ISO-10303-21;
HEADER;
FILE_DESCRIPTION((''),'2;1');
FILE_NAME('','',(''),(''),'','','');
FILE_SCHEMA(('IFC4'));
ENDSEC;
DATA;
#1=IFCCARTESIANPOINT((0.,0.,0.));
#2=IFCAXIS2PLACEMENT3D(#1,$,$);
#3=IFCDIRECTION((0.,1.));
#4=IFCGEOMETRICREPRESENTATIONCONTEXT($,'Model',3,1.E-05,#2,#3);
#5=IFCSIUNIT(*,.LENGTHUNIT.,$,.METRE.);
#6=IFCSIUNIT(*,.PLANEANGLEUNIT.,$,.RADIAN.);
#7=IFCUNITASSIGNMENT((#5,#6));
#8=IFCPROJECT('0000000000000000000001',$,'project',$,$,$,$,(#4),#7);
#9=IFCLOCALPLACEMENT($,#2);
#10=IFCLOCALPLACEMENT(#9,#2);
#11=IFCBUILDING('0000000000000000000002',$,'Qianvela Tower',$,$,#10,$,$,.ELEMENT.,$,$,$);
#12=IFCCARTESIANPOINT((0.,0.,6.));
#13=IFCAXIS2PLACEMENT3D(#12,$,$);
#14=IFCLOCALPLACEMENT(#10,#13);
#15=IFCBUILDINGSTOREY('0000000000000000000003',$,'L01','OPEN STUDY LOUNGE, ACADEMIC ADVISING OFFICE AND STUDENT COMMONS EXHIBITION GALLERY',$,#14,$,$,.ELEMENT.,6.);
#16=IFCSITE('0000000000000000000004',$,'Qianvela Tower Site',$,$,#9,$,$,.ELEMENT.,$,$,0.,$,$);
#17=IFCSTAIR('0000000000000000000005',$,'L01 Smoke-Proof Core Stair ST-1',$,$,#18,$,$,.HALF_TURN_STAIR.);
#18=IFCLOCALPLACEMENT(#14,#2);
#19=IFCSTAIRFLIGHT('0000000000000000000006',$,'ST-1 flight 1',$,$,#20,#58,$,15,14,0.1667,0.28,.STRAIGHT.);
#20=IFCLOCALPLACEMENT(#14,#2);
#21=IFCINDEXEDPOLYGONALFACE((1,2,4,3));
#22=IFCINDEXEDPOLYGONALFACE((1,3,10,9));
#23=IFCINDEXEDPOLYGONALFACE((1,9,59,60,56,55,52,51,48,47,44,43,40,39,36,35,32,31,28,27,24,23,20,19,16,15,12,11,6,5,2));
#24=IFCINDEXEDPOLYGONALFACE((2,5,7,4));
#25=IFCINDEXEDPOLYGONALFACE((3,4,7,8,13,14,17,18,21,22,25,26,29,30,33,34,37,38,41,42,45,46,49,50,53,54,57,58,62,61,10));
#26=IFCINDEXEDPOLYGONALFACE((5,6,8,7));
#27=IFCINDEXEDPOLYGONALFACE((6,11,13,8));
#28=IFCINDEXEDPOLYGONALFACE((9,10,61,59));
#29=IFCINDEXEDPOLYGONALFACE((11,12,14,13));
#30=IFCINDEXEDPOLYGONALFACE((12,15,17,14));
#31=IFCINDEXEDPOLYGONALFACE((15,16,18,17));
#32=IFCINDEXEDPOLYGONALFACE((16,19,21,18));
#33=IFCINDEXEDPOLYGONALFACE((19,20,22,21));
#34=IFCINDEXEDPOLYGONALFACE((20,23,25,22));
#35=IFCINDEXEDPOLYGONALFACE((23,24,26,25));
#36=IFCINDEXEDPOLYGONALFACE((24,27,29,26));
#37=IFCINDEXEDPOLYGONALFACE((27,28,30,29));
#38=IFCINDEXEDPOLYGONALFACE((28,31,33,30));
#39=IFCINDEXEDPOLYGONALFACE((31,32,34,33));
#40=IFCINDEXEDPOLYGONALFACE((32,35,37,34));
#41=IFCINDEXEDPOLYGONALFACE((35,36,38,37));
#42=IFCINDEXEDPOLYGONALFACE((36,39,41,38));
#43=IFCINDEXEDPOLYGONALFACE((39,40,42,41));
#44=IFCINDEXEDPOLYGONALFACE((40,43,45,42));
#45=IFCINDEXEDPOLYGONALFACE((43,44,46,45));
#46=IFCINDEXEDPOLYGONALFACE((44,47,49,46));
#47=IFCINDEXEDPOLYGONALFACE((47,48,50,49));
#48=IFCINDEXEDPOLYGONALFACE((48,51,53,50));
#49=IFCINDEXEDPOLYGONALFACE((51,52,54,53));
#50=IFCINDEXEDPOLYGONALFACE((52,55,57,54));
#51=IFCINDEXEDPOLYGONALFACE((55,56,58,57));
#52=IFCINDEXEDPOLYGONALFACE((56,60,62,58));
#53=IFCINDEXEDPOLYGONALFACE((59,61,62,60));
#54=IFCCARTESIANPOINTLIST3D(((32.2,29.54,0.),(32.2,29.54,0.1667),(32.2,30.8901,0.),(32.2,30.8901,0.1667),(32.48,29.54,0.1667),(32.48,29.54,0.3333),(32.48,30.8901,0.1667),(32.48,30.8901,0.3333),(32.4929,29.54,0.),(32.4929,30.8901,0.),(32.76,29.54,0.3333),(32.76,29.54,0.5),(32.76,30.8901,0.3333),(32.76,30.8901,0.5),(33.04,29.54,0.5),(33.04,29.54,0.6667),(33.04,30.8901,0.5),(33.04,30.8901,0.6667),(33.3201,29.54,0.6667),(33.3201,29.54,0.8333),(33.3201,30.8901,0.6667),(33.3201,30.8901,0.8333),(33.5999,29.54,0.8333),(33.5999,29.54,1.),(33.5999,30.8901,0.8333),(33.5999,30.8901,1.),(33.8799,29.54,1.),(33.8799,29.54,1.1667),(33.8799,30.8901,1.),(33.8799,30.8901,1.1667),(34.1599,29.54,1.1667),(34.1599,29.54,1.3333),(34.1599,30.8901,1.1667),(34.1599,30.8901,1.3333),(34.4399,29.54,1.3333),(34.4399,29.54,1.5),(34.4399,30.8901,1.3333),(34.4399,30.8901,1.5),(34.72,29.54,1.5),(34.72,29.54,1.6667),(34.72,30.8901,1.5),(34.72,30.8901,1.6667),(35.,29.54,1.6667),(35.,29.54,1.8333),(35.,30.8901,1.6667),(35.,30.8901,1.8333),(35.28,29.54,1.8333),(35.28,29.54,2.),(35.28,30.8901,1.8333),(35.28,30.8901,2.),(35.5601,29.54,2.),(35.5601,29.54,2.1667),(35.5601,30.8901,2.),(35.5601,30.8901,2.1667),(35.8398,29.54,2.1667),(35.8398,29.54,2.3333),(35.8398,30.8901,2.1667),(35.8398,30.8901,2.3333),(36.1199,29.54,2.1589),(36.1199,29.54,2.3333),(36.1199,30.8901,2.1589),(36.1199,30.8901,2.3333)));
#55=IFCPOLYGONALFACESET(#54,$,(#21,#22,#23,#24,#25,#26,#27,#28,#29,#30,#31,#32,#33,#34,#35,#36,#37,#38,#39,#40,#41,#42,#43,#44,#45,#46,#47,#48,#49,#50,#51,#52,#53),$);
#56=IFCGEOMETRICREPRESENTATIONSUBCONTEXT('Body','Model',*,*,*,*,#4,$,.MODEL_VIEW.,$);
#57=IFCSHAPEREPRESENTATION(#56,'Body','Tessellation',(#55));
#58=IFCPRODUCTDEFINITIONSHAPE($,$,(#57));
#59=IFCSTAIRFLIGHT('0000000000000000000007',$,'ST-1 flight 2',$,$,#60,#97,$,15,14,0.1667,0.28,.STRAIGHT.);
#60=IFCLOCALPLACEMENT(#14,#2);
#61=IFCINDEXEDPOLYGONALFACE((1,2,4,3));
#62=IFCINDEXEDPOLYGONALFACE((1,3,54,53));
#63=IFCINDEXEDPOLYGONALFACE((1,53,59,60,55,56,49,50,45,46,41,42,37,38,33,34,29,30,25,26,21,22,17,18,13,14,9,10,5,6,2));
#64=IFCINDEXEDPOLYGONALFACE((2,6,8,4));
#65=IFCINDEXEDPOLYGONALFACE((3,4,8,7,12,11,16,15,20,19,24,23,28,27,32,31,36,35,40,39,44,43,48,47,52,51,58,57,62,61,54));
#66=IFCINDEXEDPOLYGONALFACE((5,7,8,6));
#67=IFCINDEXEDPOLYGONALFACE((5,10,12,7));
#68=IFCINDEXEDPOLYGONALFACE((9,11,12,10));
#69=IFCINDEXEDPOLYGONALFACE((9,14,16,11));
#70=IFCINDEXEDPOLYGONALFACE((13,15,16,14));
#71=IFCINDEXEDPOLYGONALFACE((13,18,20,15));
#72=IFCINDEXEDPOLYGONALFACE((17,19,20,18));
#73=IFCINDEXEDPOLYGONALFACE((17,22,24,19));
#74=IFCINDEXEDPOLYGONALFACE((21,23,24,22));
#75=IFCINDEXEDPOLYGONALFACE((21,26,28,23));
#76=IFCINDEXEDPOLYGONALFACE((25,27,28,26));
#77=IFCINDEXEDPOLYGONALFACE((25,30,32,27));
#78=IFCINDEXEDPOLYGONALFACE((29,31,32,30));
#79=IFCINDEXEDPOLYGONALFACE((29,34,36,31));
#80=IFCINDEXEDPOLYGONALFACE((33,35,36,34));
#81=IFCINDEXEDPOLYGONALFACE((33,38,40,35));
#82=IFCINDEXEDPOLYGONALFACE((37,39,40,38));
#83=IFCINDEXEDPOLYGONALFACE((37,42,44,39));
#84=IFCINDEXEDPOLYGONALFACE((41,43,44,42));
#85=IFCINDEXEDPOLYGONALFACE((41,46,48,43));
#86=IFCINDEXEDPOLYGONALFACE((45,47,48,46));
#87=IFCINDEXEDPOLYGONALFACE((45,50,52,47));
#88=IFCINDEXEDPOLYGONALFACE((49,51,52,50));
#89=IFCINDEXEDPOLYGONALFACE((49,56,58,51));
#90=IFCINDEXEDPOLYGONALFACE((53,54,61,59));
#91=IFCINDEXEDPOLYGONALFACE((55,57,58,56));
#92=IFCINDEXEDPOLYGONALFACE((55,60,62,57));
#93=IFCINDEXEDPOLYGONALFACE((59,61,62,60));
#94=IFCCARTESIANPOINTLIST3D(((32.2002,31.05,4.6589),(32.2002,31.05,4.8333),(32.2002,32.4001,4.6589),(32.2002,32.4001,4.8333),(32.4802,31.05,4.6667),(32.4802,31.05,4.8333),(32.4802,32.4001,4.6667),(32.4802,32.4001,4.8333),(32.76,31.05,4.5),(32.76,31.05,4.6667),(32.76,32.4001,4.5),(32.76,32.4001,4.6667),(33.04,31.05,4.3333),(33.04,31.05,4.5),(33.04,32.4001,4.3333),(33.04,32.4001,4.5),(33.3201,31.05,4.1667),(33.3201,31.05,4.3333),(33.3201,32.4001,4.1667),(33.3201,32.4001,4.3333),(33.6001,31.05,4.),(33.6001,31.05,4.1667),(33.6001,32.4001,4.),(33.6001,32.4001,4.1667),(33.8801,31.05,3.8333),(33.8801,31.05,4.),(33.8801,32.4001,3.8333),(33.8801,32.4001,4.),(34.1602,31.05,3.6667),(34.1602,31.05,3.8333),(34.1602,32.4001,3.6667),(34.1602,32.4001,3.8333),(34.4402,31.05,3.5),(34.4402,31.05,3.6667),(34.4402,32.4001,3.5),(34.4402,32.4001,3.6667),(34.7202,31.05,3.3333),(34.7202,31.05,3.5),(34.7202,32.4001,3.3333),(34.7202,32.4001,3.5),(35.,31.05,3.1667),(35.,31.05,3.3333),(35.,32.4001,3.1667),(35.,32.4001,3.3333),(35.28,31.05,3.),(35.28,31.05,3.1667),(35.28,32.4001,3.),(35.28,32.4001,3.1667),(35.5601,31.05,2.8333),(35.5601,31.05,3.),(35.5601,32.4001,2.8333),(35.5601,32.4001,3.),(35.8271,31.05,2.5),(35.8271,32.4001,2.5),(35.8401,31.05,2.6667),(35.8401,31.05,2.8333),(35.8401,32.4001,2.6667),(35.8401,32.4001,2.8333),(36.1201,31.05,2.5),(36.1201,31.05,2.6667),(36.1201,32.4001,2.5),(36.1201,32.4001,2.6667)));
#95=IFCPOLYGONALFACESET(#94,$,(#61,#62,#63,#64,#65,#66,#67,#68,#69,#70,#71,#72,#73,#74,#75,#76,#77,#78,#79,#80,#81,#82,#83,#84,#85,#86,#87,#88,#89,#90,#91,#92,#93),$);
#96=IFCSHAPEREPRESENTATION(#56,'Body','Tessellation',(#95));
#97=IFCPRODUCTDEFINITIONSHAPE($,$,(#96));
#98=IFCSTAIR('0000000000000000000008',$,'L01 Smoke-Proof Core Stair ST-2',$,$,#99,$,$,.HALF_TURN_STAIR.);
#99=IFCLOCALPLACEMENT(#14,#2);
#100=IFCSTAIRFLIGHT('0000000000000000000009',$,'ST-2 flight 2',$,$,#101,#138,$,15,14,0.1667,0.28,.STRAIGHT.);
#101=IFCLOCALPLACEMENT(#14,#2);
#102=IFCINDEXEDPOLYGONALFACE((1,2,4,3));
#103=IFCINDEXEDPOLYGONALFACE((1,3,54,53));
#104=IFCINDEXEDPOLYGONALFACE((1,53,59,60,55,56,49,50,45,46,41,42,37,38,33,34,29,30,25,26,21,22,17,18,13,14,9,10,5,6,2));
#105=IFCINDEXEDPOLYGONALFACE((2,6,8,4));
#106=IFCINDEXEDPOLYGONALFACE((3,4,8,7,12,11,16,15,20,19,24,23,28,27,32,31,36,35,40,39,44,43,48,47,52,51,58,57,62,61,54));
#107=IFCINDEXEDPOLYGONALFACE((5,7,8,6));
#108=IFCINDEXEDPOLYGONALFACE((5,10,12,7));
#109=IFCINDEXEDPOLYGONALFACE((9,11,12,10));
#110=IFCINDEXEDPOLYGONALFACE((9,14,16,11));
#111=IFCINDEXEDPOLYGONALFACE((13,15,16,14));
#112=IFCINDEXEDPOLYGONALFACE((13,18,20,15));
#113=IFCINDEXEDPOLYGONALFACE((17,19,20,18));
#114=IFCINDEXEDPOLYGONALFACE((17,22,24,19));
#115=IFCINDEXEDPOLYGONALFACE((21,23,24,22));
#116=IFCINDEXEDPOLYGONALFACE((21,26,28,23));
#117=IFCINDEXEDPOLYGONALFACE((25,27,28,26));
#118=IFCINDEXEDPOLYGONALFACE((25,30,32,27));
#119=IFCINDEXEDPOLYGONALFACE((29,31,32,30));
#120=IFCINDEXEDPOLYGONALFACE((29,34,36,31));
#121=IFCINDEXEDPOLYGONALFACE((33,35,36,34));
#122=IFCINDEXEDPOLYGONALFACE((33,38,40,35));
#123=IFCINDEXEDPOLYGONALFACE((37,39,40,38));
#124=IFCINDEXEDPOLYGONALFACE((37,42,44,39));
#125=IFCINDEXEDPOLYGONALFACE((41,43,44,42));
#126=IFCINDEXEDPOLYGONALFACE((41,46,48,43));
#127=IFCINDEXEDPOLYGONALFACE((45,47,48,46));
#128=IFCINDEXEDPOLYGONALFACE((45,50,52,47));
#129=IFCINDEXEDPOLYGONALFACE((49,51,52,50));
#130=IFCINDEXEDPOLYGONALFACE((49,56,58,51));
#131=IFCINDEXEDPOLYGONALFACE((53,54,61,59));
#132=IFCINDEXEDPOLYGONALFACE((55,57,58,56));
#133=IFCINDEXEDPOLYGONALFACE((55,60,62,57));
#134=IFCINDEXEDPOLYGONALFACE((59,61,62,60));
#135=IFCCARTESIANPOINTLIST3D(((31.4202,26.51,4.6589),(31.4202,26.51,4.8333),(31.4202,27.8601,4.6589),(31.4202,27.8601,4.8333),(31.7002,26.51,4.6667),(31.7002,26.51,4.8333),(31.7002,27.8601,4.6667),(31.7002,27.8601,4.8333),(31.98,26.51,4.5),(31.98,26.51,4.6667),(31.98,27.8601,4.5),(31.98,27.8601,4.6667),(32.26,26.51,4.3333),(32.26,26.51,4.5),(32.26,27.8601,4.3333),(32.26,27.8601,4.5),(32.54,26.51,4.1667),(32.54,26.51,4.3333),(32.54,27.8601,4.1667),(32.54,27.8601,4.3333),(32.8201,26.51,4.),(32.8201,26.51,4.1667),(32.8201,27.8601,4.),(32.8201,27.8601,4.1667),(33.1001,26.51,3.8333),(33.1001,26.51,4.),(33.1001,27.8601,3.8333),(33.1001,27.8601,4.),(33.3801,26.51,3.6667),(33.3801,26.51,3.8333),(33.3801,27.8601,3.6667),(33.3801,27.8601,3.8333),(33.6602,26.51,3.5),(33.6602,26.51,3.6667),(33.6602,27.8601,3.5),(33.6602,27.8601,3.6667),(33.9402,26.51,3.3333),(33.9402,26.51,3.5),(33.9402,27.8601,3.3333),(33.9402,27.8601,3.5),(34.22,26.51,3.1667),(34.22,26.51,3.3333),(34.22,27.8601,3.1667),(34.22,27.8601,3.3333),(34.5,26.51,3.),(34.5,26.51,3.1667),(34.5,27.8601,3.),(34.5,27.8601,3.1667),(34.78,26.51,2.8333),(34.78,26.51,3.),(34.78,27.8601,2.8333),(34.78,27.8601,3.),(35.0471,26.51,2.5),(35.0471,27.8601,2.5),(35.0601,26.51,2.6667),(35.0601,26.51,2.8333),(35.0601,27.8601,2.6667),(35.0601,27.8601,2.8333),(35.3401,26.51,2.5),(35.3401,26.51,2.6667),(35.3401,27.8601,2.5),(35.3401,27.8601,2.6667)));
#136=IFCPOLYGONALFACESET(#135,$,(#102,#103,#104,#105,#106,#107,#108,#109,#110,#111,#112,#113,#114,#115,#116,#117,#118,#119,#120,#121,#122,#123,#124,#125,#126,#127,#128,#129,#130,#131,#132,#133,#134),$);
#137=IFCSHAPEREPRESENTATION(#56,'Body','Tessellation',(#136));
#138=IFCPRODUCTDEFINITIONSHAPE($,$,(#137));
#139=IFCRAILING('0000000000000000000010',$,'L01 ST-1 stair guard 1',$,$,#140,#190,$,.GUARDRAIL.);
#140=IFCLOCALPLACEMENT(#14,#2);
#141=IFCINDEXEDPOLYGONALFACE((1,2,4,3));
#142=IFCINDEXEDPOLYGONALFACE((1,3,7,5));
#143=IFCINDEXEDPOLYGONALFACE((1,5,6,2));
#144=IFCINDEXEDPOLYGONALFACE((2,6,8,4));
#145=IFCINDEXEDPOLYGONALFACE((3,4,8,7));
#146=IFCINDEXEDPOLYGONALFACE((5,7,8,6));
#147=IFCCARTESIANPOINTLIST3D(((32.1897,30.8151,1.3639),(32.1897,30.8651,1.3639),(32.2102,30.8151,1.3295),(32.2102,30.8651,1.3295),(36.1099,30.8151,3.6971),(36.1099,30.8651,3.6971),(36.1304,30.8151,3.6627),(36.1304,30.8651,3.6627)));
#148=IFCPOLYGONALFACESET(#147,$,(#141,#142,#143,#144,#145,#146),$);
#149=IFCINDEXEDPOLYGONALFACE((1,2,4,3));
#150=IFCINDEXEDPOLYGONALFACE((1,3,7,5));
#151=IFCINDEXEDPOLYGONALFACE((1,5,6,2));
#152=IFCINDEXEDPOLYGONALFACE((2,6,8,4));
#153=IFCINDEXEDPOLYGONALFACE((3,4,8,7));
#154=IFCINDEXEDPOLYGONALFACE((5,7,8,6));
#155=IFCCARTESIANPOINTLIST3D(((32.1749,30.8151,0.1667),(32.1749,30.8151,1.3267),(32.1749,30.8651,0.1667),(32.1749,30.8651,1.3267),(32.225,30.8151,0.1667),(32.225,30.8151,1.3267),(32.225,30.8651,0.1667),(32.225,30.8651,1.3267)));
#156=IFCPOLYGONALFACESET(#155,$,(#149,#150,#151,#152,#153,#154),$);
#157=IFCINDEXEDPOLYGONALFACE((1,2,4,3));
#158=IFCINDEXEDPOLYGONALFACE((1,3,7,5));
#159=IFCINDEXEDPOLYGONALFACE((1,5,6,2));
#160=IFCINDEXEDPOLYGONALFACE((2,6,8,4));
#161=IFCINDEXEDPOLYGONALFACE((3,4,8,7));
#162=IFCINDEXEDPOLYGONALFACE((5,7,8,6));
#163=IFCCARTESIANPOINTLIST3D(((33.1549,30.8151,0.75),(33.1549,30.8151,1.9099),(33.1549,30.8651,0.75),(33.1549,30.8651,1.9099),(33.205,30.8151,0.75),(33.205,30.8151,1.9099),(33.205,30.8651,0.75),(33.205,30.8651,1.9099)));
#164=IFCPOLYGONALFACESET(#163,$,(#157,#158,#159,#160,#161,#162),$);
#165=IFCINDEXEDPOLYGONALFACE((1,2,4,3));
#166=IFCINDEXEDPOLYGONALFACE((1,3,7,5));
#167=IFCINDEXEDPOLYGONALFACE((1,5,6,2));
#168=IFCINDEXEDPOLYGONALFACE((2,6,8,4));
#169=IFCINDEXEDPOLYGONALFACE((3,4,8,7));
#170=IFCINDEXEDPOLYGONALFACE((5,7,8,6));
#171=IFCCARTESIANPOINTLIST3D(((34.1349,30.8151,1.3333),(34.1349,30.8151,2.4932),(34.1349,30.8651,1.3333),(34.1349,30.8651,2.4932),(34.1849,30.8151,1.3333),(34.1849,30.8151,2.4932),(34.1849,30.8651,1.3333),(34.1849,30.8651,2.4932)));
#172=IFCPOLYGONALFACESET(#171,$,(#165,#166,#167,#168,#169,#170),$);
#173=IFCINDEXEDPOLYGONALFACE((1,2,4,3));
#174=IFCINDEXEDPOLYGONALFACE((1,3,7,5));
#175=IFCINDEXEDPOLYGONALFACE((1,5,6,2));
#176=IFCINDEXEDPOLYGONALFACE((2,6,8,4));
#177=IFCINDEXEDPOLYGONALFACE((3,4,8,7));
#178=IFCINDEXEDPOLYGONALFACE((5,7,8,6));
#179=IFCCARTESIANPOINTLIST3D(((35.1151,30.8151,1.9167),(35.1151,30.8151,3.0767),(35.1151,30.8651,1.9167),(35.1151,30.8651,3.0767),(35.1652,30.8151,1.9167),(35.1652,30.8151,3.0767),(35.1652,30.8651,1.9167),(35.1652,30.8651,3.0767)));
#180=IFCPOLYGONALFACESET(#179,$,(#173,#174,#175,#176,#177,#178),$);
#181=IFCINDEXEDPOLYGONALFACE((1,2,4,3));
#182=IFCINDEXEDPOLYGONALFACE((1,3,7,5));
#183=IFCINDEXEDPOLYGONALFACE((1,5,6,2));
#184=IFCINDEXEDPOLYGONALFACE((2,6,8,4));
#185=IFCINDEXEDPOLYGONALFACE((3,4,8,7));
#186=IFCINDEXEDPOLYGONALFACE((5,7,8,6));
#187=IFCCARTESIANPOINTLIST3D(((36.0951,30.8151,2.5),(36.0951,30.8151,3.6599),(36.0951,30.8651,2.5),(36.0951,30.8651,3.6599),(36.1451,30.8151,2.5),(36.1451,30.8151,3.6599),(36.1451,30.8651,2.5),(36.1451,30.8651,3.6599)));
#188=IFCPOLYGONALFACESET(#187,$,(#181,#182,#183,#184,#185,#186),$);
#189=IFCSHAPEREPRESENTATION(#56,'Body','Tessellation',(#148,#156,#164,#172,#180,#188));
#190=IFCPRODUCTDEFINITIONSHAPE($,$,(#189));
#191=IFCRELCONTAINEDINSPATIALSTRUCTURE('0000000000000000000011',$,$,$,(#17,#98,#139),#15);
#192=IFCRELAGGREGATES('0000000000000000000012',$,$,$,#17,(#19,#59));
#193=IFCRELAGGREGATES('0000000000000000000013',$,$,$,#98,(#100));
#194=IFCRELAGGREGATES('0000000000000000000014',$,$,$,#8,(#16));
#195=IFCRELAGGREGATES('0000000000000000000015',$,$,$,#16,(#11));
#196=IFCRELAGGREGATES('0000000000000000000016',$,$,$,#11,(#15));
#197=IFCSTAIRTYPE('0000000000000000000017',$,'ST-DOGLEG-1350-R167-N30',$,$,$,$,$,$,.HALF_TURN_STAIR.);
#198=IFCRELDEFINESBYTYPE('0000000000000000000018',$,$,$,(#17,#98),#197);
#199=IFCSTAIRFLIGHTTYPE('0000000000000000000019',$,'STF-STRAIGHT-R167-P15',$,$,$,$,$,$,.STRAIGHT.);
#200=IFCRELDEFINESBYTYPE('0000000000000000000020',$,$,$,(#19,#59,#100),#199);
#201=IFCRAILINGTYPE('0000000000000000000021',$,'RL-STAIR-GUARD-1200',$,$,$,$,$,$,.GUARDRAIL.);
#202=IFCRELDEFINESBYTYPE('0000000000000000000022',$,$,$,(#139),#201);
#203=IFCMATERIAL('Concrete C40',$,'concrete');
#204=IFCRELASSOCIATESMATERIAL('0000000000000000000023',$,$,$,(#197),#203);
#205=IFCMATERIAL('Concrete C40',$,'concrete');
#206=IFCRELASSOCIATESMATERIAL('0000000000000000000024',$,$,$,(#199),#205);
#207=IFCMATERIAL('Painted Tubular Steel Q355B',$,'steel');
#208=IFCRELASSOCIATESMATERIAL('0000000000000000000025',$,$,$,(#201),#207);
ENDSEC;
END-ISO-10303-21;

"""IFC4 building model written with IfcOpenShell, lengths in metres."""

from ifc_helpers import new_model, si_unit, direction, frame, origin, origin_2d, place, context, subcontext, project, spatial, polyline, rectangle, outline, extrude, material, type_object, element, aggregate, save


model = new_model("IFC4")

# Units and contexts
model_context = context("Model", 3, precision=1e-05, world=origin(), true_north=direction((0.0, 1.0)))
body_context = subcontext(model_context, "Body", "Model", "MODEL_VIEW")
ifc_project = project(units=[si_unit("LENGTHUNIT", "METRE"), si_unit("PLANEANGLEUNIT", "RADIAN")], contexts=[model_context])

# Site, building, storey
site_placement = place(None, origin())
site = spatial("IfcSite", under=ifc_project, at=site_placement, Name="Qianvela Tower Site", CompositionType="ELEMENT", RefElevation=0.0)
building_placement = place(site_placement, origin())
building = spatial("IfcBuilding", under=site, at=building_placement, Name="Qianvela Tower", CompositionType="ELEMENT")
storey_placement = place(building_placement, frame((0.0, 0.0, 6.0)))
storey = spatial("IfcBuildingStorey", under=building, at=storey_placement, Name="L01", Description="OPEN STUDY LOUNGE, ACADEMIC ADVISING OFFICE AND STUDENT COMMONS EXHIBITION GALLERY", CompositionType="ELEMENT", Elevation=6.0)

# Stair, stair flights
ifc_material_1 = material(Name="Concrete C40", Category="concrete")
stair_type = type_object("IfcStairType", Name="ST-DOGLEG-1350-R167-N30", PredefinedType="HALF_TURN_STAIR", material=ifc_material_1)
stair_1_placement = place(storey_placement, origin())
stair_1 = element("IfcStair", 1, at=stair_1_placement, inside=storey, type_object=stair_type, Name="L01 Smoke-Proof Core Stair ST-1", PredefinedType="HALF_TURN_STAIR")
ifc_material_2 = material(Name="Concrete C40", Category="concrete")
stair_flight_type = type_object("IfcStairFlightType", Name="STF-STRAIGHT-R167-P15", PredefinedType="STRAIGHT", material=ifc_material_2)
stair_flight_1_placement = place(storey_placement, frame((32.2, 30.2151, 0.0), z_axis=(0.0, 0.0, 1.0), x_axis=(1.0, 0.0, 0.0)))
stair_flight_1 = element("IfcStairFlight", 2, at=stair_flight_1_placement, type_object=stair_flight_type, Name="ST-1 flight 1", NumberOfRisers=15, NumberOfTreads=14, PredefinedType="STRAIGHT", RiserHeight=0.1667, TreadLength=0.28, context=body_context, shape_type="SweptSolid", body=[
    extrude(outline(polyline([(0.0, 0.0), (0.0, 0.1667), (0.28, 0.1667), (0.28, 0.3333), (0.5601, 0.3333), (0.5601, 0.5), (0.8401, 0.5), (0.8401, 0.6667), (1.1201, 0.6667), (1.1201, 0.8333), (1.3999, 0.8333), (1.3999, 1.0), (1.6799, 1.0), (1.6799, 1.1667), (1.96, 1.1667), (1.96, 1.3333), (2.24, 1.3333), (2.24, 1.5), (2.52, 1.5), (2.52, 1.6667), (2.8, 1.6667), (2.8, 1.8333), (3.0801, 1.8333), (3.0801, 2.0), (3.3601, 2.0), (3.3601, 2.1667), (3.6399, 2.1667), (3.6399, 2.3333), (3.9199, 2.3333), (3.9199, 2.5), (3.9199, 2.1589), (0.293, 0.0), (0.0, 0.0)])), frame((0.0, 0.675, 0.0), z_axis=(0.0, -1.0, 0.0), x_axis=(1.0, 0.0, 0.0)), (0.0, 0.0, 1.0), 1.3501),
])
stair_flight_2_placement = place(storey_placement, frame((36.1201, 31.7251, 2.5), z_axis=(0.0, 0.0, 1.0), x_axis=(-1.0, 0.0, 0.0)))
stair_flight_2 = element("IfcStairFlight", 3, at=stair_flight_2_placement, type_object=stair_flight_type, Name="ST-1 flight 2", NumberOfRisers=15, NumberOfTreads=14, PredefinedType="STRAIGHT", RiserHeight=0.1667, TreadLength=0.28, context=body_context, shape_type="SweptSolid", body=[
    extrude(outline(polyline([(0.0, 0.0), (0.0, 0.1667), (0.28, 0.1667), (0.28, 0.3333), (0.5601, 0.3333), (0.5601, 0.5), (0.8401, 0.5), (0.8401, 0.6667), (1.1201, 0.6667), (1.1201, 0.8333), (1.3999, 0.8333), (1.3999, 1.0), (1.6799, 1.0), (1.6799, 1.1667), (1.96, 1.1667), (1.96, 1.3333), (2.24, 1.3333), (2.24, 1.5), (2.52, 1.5), (2.52, 1.6667), (2.8, 1.6667), (2.8, 1.8333), (3.0801, 1.8333), (3.0801, 2.0), (3.3601, 2.0), (3.3601, 2.1667), (3.6399, 2.1667), (3.6399, 2.3333), (3.9199, 2.3333), (3.9199, 2.5), (3.9199, 2.1589), (0.293, 0.0), (0.0, 0.0)])), frame((0.0, 0.675, 0.0), z_axis=(0.0, -1.0, 0.0), x_axis=(1.0, 0.0, 0.0)), (0.0, 0.0, 1.0), 1.3501),
])
aggregate(stair_1, [stair_flight_1, stair_flight_2])

# Stair, stair flight
stair_2_placement = place(storey_placement, origin())
stair_2 = element("IfcStair", 4, at=stair_2_placement, inside=storey, type_object=stair_type, Name="L01 Smoke-Proof Core Stair ST-2", PredefinedType="HALF_TURN_STAIR")
stair_flight_3_placement = place(storey_placement, frame((35.3401, 27.1851, 2.5), z_axis=(0.0, 0.0, 1.0), x_axis=(-1.0, 0.0, 0.0)))
stair_flight_3 = element("IfcStairFlight", 5, at=stair_flight_3_placement, type_object=stair_flight_type, Name="ST-2 flight 2", NumberOfRisers=15, NumberOfTreads=14, PredefinedType="STRAIGHT", RiserHeight=0.1667, TreadLength=0.28, context=body_context, shape_type="SweptSolid", body=[
    extrude(outline(polyline([(0.0, 0.0), (0.0, 0.1667), (0.28, 0.1667), (0.28, 0.3333), (0.5601, 0.3333), (0.5601, 0.5), (0.8401, 0.5), (0.8401, 0.6667), (1.1201, 0.6667), (1.1201, 0.8333), (1.3999, 0.8333), (1.3999, 1.0), (1.6799, 1.0), (1.6799, 1.1667), (1.96, 1.1667), (1.96, 1.3333), (2.24, 1.3333), (2.24, 1.5), (2.52, 1.5), (2.52, 1.6667), (2.8, 1.6667), (2.8, 1.8333), (3.0801, 1.8333), (3.0801, 2.0), (3.3601, 2.0), (3.3601, 2.1667), (3.6399, 2.1667), (3.6399, 2.3333), (3.9199, 2.3333), (3.9199, 2.5), (3.9199, 2.1589), (0.293, 0.0), (0.0, 0.0)])), frame((0.0, 0.675, 0.0), z_axis=(0.0, -1.0, 0.0), x_axis=(1.0, 0.0, 0.0)), (0.0, 0.0, 1.0), 1.3501),
])
aggregate(stair_2, [stair_flight_3])

# Railing
ifc_material_3 = material(Name="Painted Tubular Steel Q355B", Category="steel")
railing_type_1 = type_object("IfcRailingType", Name="RL-STAIR-GUARD-1200", PredefinedType="GUARDRAIL", material=ifc_material_3)
railing_1_placement = place(storey_placement, frame((32.2, 30.8401, 0.1667)))
element("IfcRailing", 6, at=railing_1_placement, inside=storey, type_object=railing_type_1, Name="L01 ST-1 stair guard 1", PredefinedType="GUARDRAIL", context=body_context, shape_type="SweptSolid", body=[
    extrude(rectangle(XDim=0.05, YDim=0.04, at=origin_2d()), frame((0.0, 0.0, 1.1799), z_axis=(0.85931, 0.0, 0.511455), x_axis=(0.0, 1.0, 0.0)), (0.0, 0.0, 1.0), 4.562),
    extrude(rectangle(XDim=0.05, YDim=0.05, at=origin_2d()), origin(), (0.0, 0.0, 1.0), 1.1599),
    extrude(rectangle(XDim=0.05, YDim=0.05, at=origin_2d()), frame((0.98, 0.0, 0.5833)), (0.0, 0.0, 1.0), 1.1599),
    extrude(rectangle(XDim=0.05, YDim=0.05, at=origin_2d()), frame((1.96, 0.0, 1.1665)), (0.0, 0.0, 1.0), 1.1599),
    extrude(rectangle(XDim=0.05, YDim=0.05, at=origin_2d()), frame((2.9402, 0.0, 1.75)), (0.0, 0.0, 1.0), 1.1599),
    extrude(rectangle(XDim=0.05, YDim=0.05, at=origin_2d()), frame((3.9202, 0.0, 2.3333)), (0.0, 0.0, 1.0), 1.1599),
])

save(model, "model.ifc")
